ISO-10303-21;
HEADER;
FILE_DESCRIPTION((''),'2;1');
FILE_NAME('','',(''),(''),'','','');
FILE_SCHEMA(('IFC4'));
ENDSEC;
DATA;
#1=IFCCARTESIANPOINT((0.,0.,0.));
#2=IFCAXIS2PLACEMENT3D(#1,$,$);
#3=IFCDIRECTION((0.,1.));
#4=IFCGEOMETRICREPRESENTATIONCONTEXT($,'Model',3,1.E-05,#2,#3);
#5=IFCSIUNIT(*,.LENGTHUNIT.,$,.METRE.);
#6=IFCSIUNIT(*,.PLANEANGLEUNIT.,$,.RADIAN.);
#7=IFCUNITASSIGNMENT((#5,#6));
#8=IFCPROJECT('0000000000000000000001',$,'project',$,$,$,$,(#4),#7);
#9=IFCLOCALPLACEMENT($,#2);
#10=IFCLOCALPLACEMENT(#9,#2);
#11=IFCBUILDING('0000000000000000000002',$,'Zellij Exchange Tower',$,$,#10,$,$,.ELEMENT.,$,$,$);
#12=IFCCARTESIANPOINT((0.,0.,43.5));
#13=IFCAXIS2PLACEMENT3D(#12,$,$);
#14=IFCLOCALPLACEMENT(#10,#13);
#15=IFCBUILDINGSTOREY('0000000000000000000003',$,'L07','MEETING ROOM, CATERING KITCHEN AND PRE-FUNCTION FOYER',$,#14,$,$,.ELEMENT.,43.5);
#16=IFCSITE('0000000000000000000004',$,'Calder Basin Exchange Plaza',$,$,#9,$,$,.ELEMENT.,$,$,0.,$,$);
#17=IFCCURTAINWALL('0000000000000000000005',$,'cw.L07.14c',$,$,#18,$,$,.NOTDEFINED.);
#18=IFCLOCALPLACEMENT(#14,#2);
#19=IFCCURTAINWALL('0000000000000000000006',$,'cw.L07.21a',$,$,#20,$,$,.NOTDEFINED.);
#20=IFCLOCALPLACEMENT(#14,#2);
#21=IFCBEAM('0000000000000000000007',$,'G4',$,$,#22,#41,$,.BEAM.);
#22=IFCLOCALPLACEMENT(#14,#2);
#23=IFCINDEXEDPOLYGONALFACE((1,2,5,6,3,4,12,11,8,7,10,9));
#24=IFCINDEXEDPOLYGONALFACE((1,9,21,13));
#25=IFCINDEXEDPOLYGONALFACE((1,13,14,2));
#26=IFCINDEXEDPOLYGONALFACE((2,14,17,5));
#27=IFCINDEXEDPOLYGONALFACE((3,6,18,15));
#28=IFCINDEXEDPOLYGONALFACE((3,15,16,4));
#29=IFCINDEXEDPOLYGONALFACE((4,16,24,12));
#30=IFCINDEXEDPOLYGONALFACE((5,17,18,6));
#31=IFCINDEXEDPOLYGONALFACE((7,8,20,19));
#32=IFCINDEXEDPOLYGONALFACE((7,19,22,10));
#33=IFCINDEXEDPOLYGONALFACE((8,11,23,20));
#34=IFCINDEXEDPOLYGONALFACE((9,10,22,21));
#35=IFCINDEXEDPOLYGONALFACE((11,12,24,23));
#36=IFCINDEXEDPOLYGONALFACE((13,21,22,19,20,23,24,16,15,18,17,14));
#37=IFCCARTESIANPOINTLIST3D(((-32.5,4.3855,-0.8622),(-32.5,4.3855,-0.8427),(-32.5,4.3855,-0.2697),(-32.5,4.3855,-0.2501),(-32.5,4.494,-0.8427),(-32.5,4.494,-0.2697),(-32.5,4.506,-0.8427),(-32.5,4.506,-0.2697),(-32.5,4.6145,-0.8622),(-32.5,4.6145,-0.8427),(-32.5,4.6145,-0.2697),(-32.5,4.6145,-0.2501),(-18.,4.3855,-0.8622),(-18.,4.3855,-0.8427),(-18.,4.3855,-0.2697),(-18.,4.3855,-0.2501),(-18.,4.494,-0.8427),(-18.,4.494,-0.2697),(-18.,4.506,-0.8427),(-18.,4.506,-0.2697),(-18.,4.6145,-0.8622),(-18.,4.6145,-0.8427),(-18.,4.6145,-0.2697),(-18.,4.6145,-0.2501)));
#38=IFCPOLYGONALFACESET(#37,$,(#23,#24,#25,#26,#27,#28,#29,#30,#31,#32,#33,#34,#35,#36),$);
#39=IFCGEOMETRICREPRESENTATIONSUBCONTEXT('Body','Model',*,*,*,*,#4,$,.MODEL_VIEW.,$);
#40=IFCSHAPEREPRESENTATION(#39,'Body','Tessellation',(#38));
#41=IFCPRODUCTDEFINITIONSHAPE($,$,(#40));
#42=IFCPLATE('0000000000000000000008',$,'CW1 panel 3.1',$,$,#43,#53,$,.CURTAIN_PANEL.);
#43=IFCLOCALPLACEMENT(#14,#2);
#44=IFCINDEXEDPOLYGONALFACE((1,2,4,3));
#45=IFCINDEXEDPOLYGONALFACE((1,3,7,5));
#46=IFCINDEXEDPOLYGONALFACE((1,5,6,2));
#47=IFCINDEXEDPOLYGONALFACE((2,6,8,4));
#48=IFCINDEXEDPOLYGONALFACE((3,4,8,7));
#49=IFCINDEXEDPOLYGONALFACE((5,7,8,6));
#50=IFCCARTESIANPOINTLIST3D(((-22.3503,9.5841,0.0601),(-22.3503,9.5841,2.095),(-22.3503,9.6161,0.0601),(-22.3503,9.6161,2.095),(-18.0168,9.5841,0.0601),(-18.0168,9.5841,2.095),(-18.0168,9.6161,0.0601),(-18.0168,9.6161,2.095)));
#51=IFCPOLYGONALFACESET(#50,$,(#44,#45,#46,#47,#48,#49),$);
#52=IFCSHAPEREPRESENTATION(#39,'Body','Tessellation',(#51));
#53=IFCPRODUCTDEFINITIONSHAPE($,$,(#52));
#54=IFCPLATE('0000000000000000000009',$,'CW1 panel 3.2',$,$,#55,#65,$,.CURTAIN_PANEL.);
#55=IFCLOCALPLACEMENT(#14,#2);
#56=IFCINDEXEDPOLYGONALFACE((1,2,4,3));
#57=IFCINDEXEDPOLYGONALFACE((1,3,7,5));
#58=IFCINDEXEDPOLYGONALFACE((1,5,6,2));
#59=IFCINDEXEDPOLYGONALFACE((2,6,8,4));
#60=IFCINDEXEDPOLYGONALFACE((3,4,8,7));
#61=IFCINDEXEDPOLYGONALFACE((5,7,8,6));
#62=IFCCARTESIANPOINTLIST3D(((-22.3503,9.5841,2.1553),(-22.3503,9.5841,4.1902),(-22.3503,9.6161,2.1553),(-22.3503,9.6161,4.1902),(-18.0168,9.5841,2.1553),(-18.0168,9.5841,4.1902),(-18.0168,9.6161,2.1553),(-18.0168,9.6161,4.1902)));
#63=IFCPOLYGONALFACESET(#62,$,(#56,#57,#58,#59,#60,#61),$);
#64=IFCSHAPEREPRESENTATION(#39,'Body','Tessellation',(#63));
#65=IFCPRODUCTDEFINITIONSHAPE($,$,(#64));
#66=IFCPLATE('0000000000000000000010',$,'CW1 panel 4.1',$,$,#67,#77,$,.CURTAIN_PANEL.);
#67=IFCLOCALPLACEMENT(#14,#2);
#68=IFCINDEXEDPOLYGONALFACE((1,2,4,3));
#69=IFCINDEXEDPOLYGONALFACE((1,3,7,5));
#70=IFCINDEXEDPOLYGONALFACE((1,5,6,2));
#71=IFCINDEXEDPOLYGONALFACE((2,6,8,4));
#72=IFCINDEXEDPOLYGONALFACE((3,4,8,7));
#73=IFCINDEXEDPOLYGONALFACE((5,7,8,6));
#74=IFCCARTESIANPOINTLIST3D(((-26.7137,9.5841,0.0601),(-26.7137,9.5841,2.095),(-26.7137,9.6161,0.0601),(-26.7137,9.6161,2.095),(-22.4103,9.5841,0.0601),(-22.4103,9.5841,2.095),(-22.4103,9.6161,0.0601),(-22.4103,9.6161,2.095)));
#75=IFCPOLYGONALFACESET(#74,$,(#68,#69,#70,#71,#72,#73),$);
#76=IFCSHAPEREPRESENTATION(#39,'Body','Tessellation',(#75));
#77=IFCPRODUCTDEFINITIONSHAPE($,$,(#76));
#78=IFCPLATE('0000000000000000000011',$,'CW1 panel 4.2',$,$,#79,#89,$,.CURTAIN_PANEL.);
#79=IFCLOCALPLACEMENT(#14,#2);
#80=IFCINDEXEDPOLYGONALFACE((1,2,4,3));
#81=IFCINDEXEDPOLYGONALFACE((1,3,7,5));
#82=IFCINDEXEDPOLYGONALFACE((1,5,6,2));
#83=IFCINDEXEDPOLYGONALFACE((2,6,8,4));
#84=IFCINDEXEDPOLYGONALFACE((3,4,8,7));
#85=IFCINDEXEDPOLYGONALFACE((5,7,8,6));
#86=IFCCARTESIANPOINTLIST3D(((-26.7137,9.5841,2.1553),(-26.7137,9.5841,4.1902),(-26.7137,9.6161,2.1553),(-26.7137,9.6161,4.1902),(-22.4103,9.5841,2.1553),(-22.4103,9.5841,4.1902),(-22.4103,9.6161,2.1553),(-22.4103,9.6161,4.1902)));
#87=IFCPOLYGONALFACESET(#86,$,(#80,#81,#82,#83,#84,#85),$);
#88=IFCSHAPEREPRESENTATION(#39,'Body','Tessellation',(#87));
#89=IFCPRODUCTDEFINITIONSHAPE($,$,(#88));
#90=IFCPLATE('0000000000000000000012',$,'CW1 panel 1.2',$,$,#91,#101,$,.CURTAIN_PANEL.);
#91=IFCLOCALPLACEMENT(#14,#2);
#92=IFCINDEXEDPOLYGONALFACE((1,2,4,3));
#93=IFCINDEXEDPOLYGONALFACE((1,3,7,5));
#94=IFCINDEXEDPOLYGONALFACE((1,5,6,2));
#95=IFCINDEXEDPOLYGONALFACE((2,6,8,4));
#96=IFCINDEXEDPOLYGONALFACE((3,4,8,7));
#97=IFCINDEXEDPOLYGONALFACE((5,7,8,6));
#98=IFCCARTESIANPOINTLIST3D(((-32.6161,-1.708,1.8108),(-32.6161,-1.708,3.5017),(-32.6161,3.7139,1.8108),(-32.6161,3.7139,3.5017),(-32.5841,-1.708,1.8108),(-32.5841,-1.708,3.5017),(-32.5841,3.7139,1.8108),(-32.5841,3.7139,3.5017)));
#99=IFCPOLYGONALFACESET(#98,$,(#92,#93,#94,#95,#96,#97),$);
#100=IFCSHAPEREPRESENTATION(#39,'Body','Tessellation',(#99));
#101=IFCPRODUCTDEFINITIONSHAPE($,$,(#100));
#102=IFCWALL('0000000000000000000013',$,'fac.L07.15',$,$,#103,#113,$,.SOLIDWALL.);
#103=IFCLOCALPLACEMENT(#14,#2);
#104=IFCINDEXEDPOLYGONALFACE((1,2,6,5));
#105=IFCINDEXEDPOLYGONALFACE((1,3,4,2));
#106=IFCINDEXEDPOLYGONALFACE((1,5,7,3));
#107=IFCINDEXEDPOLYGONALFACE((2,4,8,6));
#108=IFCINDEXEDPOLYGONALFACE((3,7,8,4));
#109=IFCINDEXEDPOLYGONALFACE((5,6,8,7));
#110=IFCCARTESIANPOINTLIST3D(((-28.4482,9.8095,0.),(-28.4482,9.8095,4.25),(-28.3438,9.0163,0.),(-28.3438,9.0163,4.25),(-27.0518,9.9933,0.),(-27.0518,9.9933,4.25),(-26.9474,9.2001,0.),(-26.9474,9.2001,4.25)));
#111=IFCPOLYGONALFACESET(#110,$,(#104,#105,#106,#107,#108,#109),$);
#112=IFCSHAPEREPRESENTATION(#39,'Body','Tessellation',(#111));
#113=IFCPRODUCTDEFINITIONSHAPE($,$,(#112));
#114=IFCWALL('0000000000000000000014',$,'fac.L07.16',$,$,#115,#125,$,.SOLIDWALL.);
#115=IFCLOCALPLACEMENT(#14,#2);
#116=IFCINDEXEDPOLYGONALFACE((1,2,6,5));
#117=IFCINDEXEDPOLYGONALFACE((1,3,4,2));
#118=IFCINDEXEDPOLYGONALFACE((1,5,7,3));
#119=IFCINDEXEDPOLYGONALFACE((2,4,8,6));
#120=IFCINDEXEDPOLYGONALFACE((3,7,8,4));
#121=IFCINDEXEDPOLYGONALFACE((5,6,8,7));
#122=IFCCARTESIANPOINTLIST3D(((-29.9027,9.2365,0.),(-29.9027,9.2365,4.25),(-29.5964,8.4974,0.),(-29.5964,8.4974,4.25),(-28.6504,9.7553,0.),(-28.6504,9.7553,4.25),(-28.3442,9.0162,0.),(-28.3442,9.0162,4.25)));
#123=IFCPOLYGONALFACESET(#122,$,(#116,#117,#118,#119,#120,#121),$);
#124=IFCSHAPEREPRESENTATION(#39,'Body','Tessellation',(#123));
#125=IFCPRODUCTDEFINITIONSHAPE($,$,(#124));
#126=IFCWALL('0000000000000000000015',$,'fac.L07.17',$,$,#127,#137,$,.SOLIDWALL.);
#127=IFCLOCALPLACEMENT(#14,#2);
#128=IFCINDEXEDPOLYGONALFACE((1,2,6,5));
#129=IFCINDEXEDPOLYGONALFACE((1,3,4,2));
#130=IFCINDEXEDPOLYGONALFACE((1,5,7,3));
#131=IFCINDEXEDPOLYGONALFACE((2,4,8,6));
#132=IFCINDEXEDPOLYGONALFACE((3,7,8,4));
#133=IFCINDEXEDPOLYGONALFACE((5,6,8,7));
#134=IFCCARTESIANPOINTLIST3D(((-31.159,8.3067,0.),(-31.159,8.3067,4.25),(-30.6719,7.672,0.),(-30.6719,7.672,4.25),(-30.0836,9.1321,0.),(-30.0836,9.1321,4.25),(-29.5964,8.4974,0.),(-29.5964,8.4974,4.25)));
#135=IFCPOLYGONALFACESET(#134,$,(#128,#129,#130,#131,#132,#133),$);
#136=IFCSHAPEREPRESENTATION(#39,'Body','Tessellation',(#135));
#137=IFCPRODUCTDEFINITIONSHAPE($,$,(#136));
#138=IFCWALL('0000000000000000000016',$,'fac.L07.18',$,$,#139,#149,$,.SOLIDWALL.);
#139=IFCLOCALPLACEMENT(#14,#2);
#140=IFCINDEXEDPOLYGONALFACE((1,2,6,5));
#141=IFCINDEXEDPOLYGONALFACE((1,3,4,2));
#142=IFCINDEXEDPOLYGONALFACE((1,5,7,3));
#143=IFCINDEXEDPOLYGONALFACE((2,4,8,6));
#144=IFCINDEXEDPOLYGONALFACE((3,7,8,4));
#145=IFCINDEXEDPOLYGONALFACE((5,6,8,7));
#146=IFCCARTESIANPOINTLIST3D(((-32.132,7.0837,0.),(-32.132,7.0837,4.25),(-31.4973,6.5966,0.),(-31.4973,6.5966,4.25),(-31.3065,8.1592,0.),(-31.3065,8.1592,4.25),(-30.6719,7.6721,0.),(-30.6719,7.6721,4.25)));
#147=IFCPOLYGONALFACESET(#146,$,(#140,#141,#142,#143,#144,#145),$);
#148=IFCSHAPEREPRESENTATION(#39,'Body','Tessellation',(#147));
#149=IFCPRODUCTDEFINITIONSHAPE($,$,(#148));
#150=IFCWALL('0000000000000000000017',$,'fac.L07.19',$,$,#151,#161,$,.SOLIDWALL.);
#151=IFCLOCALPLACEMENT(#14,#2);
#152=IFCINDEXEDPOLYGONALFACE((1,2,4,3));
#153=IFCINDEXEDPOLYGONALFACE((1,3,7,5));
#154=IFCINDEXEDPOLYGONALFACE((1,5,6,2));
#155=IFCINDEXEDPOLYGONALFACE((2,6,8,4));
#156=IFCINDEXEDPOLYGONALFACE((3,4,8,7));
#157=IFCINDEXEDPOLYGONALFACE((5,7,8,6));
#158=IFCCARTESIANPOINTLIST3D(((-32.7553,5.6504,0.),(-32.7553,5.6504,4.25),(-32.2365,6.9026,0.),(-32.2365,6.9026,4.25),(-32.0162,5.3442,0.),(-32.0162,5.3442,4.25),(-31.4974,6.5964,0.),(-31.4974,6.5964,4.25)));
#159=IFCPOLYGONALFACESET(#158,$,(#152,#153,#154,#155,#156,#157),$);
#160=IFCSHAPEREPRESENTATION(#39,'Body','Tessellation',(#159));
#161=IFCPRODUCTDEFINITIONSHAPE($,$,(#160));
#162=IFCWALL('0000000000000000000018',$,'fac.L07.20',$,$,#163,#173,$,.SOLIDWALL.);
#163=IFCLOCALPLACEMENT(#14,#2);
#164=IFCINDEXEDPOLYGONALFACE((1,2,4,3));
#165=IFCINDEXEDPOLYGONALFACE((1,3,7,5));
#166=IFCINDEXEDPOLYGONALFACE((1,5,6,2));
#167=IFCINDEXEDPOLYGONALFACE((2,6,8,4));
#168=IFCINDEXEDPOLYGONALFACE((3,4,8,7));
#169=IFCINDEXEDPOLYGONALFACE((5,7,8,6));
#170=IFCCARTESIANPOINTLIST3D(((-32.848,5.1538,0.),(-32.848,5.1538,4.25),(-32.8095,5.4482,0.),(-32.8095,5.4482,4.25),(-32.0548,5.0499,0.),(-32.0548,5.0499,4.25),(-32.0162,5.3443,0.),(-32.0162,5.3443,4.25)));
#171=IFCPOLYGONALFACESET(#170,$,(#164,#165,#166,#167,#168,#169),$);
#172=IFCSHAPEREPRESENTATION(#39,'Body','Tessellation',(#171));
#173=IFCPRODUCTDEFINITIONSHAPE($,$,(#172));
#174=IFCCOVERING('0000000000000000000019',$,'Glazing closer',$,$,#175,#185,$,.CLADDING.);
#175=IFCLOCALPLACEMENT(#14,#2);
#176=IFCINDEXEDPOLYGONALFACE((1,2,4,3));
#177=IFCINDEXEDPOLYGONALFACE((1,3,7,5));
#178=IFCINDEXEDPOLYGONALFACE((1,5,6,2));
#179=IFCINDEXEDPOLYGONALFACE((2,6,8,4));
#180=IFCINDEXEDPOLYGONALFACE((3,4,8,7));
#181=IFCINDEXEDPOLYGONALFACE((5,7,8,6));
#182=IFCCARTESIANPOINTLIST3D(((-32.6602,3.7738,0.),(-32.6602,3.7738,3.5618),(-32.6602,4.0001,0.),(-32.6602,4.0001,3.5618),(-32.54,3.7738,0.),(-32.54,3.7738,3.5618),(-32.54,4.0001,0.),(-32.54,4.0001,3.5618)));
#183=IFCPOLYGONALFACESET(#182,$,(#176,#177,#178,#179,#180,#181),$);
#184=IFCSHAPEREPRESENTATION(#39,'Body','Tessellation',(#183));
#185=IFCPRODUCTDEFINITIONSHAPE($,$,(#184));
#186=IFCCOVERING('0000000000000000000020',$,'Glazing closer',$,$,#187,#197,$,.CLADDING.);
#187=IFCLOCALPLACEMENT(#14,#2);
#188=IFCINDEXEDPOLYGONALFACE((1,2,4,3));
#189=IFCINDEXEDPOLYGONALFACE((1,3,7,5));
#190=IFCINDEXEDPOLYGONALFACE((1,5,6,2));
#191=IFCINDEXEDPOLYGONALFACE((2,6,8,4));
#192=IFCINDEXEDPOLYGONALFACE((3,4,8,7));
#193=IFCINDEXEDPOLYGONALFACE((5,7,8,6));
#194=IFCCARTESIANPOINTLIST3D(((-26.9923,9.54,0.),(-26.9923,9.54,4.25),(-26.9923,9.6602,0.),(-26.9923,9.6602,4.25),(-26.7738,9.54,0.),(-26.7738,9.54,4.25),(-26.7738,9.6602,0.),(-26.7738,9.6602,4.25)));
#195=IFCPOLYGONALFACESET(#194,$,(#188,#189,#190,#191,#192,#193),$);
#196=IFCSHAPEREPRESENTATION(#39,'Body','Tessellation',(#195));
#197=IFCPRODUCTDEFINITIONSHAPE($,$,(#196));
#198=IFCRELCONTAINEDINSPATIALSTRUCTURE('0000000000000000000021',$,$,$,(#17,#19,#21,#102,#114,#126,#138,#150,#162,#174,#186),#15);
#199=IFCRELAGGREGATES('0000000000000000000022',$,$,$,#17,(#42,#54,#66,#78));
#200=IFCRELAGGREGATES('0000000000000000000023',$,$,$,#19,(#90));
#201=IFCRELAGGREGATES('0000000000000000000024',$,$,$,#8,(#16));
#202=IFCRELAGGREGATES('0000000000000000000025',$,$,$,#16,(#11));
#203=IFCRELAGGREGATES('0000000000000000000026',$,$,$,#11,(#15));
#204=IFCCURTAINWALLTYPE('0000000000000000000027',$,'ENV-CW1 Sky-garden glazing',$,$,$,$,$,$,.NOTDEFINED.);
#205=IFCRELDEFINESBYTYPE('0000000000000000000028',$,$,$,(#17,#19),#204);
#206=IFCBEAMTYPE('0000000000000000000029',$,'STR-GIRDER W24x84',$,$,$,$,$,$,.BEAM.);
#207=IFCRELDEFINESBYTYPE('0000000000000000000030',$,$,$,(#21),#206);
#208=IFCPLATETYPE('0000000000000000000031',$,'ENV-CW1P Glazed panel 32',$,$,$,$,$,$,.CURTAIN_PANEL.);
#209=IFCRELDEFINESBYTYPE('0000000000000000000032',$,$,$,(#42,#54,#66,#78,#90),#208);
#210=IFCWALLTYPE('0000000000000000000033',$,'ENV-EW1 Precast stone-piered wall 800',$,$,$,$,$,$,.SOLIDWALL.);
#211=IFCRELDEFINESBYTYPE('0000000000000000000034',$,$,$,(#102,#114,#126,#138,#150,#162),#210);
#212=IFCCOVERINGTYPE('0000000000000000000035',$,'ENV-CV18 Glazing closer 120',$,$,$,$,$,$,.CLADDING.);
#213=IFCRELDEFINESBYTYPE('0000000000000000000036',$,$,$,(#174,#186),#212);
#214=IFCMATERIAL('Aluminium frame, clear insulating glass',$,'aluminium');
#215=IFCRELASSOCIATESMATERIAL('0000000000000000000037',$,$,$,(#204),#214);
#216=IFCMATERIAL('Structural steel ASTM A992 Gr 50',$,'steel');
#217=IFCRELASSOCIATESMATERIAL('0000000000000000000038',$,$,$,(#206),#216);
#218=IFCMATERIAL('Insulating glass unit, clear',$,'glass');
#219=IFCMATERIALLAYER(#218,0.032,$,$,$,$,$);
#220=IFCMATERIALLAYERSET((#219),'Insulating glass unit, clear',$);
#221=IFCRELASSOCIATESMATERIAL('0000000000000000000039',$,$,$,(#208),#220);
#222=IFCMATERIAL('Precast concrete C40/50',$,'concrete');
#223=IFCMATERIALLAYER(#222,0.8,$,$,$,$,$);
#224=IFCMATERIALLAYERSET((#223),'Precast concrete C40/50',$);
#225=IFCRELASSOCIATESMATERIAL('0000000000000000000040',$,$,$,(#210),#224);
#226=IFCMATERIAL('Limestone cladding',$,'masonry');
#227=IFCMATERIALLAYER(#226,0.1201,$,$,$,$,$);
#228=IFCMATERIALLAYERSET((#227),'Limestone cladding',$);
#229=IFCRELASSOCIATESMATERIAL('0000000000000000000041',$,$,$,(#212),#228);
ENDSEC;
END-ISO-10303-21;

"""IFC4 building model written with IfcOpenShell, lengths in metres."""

from ifc_helpers import new_model, si_unit, direction, frame, frame_2d, origin, origin_2d, place, context, subcontext, project, spatial, rectangle, i_section, extrude, material, layer, layer_set, material_profile, profile_set, type_object, element, aggregate, save


model = new_model("IFC4")

# Units and contexts
model_context = context("Model", 3, precision=1e-05, world=origin(), true_north=direction((0.0, 1.0)))
body_context = subcontext(model_context, "Body", "Model", "MODEL_VIEW")
ifc_project = project(units=[si_unit("LENGTHUNIT", "METRE"), si_unit("PLANEANGLEUNIT", "RADIAN")], contexts=[model_context])

# Site, building, storey
site_placement = place(None, origin())
site = spatial("IfcSite", under=ifc_project, at=site_placement, Name="Calder Basin Exchange Plaza", CompositionType="ELEMENT", RefElevation=0.0)
building_placement = place(site_placement, origin())
building = spatial("IfcBuilding", under=site, at=building_placement, Name="Zellij Exchange Tower", CompositionType="ELEMENT")
storey_placement = place(building_placement, frame((0.0, 0.0, 43.5)))
storey = spatial("IfcBuildingStorey", under=building, at=storey_placement, Name="L07", Description="MEETING ROOM, CATERING KITCHEN AND PRE-FUNCTION FOYER", CompositionType="ELEMENT", Elevation=43.5)

# Curtain wall
ifc_material_1 = material(Name="Aluminium frame, clear insulating glass", Category="aluminium")
curtain_wall_type = type_object("IfcCurtainWallType", Name="ENV-CW1 Sky-garden glazing", PredefinedType="NOTDEFINED", material=ifc_material_1)
curtain_wall_1_placement = place(storey_placement, origin())
curtain_wall_1 = element("IfcCurtainWall", 1, at=curtain_wall_1_placement, inside=storey, type_object=curtain_wall_type, Name="cw.L07.14c", PredefinedType="NOTDEFINED")

# Curtain wall
curtain_wall_2_placement = place(storey_placement, origin())
curtain_wall_2 = element("IfcCurtainWall", 2, at=curtain_wall_2_placement, inside=storey, type_object=curtain_wall_type, Name="cw.L07.21a", PredefinedType="NOTDEFINED")

# Beam
ifc_material_2 = material(Name="Structural steel ASTM A992 Gr 50", Category="steel")
ifc_material_profile_1 = material_profile(ifc_material_2, i_section(OverallWidth=0.229, OverallDepth=0.6121, WebThickness=0.012, FlangeThickness=0.0195, at=origin_2d()), Name="W24x84")
ifc_profile_set_1 = profile_set([ifc_material_profile_1], Name="Structural steel ASTM A992 Gr 50")
beam_type = type_object("IfcBeamType", Name="STR-GIRDER W24x84", PredefinedType="BEAM", material=ifc_profile_set_1)
beam_placement = place(storey_placement, frame((-32.5, 4.5, -0.5562), z_axis=(1.0, 0.0, 0.0), x_axis=(0.0, 1.0, 0.0)))
element("IfcBeam", 3, at=beam_placement, inside=storey, type_object=beam_type, Name="G4", PredefinedType="BEAM", context=body_context, shape_type="SweptSolid", body=[
    extrude(i_section(OverallWidth=0.229, OverallDepth=0.6121, WebThickness=0.012, FlangeThickness=0.0195, at=origin_2d()), origin(), (0.0, 0.0, 1.0), 14.5),
])

# Plates
ifc_material_3 = material(Name="Insulating glass unit, clear", Category="glass")
ifc_layer_1 = layer(ifc_material_3, 0.032)
ifc_layer_set_1 = layer_set([ifc_layer_1], Name="Insulating glass unit, clear")
plate_type = type_object("IfcPlateType", Name="ENV-CW1P Glazed panel 32", PredefinedType="CURTAIN_PANEL", material=ifc_layer_set_1)
plate_1_placement = place(storey_placement, frame((-20.1836, 9.6001, 0.0601), z_axis=(0.0, 0.0, 1.0), x_axis=(-1.0, 0.0, 0.0)))
plate_1 = element("IfcPlate", 4, at=plate_1_placement, type_object=plate_type, Name="CW1 panel 3.1", PredefinedType="CURTAIN_PANEL", context=body_context, shape_type="SweptSolid", body=[
    extrude(rectangle(XDim=4.3335, YDim=0.032, at=origin_2d()), origin(), (0.0, 0.0, 1.0), 2.0349),
])
plate_2_placement = place(storey_placement, frame((-20.1836, 9.6001, 2.1553), z_axis=(0.0, 0.0, 1.0), x_axis=(-1.0, 0.0, 0.0)))
plate_2 = element("IfcPlate", 5, at=plate_2_placement, type_object=plate_type, Name="CW1 panel 3.2", PredefinedType="CURTAIN_PANEL", context=body_context, shape_type="SweptSolid", body=[
    extrude(rectangle(XDim=4.3335, YDim=0.032, at=origin_2d()), origin(), (0.0, 0.0, 1.0), 2.0349),
])
plate_3_placement = place(storey_placement, frame((-24.562, 9.6001, 0.0601), z_axis=(0.0, 0.0, 1.0), x_axis=(-1.0, 0.0, 0.0)))
plate_3 = element("IfcPlate", 6, at=plate_3_placement, type_object=plate_type, Name="CW1 panel 4.1", PredefinedType="CURTAIN_PANEL", context=body_context, shape_type="SweptSolid", body=[
    extrude(rectangle(XDim=4.3035, YDim=0.032, at=origin_2d()), origin(), (0.0, 0.0, 1.0), 2.0349),
])
plate_4_placement = place(storey_placement, frame((-24.562, 9.6001, 2.1553), z_axis=(0.0, 0.0, 1.0), x_axis=(-1.0, 0.0, 0.0)))
plate_4 = element("IfcPlate", 7, at=plate_4_placement, type_object=plate_type, Name="CW1 panel 4.2", PredefinedType="CURTAIN_PANEL", context=body_context, shape_type="SweptSolid", body=[
    extrude(rectangle(XDim=4.3035, YDim=0.032, at=origin_2d()), origin(), (0.0, 0.0, 1.0), 2.0349),
])
aggregate(curtain_wall_1, [plate_1, plate_2, plate_3, plate_4])
plate_5_placement = place(storey_placement, frame((-32.6001, 1.0029, 1.8108), z_axis=(0.0, 0.0, 1.0), x_axis=(0.0, -1.0, 0.0)))
plate_5 = element("IfcPlate", 8, at=plate_5_placement, type_object=plate_type, Name="CW1 panel 1.2", PredefinedType="CURTAIN_PANEL", context=body_context, shape_type="SweptSolid", body=[
    extrude(rectangle(XDim=5.4219, YDim=0.032, at=origin_2d()), origin(), (0.0, 0.0, 1.0), 1.6909),
])
aggregate(curtain_wall_2, [plate_5])

# Walls
ifc_material_4 = material(Name="Precast concrete C40/50", Category="concrete")
ifc_layer_2 = layer(ifc_material_4, 0.8)
ifc_layer_set_2 = layer_set([ifc_layer_2], Name="Precast concrete C40/50")
wall_type = type_object("IfcWallType", Name="ENV-EW1 Precast stone-piered wall 800", PredefinedType="SOLIDWALL", material=ifc_layer_set_2)
wall_1_placement = place(storey_placement, frame((-26.9998, 9.5967, 0.0), z_axis=(0.0, 0.0, 1.0), x_axis=(-0.991446, -0.130517, 0.0)))
element("IfcWall", 9, at=wall_1_placement, inside=storey, type_object=wall_type, Name="fac.L07.15", PredefinedType="SOLIDWALL", context=body_context, shape_type="SweptSolid", body=[
    extrude(rectangle(XDim=1.4084, YDim=0.8, at=frame_2d((0.7041, 0.0))), origin(), (0.0, 0.0, 1.0), 4.25),
])
wall_2_placement = place(storey_placement, frame((-28.4973, 9.3857, 0.0), z_axis=(0.0, 0.0, 1.0), x_axis=(-0.923848, -0.38276, 0.0)))
element("IfcWall", 10, at=wall_2_placement, inside=storey, type_object=wall_type, Name="fac.L07.16", PredefinedType="SOLIDWALL", context=body_context, shape_type="SweptSolid", body=[
    extrude(rectangle(XDim=1.3555, YDim=0.8, at=frame_2d((0.6777, 0.0))), origin(), (0.0, 0.0, 1.0), 4.25),
])
for number, where, z_axis, x_axis, name in (
    (11, (-29.8401, 8.8147, 0.0), (0.0, 0.0, 1.0), (-0.793273, -0.608866, 0.0), "fac.L07.17"),
    (12, (-30.9893, 7.9155, 0.0), (0.0, 0.0, 1.0), (-0.608866, -0.793273, 0.0), "fac.L07.18"),
):
    element("IfcWall", number, at=place(storey_placement, frame(where, z_axis=z_axis, x_axis=x_axis)), inside=storey, type_object=wall_type, Name=name, PredefinedType="SOLIDWALL", context=body_context, shape_type="SweptSolid", body=[
        extrude(rectangle(XDim=1.3557, YDim=0.8, at=frame_2d((0.6777, 0.0))), origin(), (0.0, 0.0, 1.0), 4.25),
    ])
wall_3_placement = place(storey_placement, frame((-31.8669, 6.7495, 0.0), z_axis=(0.0, 0.0, 1.0), x_axis=(-0.38276, -0.923848, 0.0)))
element("IfcWall", 13, at=wall_3_placement, inside=storey, type_object=wall_type, Name="fac.L07.19", PredefinedType="SOLIDWALL", context=body_context, shape_type="SweptSolid", body=[
    extrude(rectangle(XDim=1.3555, YDim=0.8, at=frame_2d((0.6777, 0.0))), origin(), (0.0, 0.0, 1.0), 4.25),
])
wall_4_placement = place(storey_placement, frame((-32.4128, 5.3962, 0.0), z_axis=(0.0, 0.0, 1.0), x_axis=(-0.129902, -0.991527, 0.0)))
element("IfcWall", 14, at=wall_4_placement, inside=storey, type_object=wall_type, Name="fac.L07.20", PredefinedType="SOLIDWALL", context=body_context, shape_type="SweptSolid", body=[
    extrude(rectangle(XDim=0.2969, YDim=0.8, at=frame_2d((0.1484, 0.0))), origin(), (0.0, 0.0, 1.0), 4.25),
])

# Coverings
ifc_material_5 = material(Name="Limestone cladding", Category="masonry")
ifc_layer_3 = layer(ifc_material_5, 0.1201)
ifc_layer_set_3 = layer_set([ifc_layer_3], Name="Limestone cladding")
covering_type_1 = type_object("IfcCoveringType", Name="ENV-CV18 Glazing closer 120", PredefinedType="CLADDING", material=ifc_layer_set_3)
covering_1_placement = place(storey_placement, frame((-32.6001, 3.887, 0.0), z_axis=(0.0, 0.0, 1.0), x_axis=(0.0, 1.0, 0.0)))
element("IfcCovering", 15, at=covering_1_placement, inside=storey, type_object=covering_type_1, Name="Glazing closer", PredefinedType="CLADDING", context=body_context, shape_type="SweptSolid", body=[
    extrude(rectangle(XDim=0.2263, YDim=0.1201, at=origin_2d()), origin(), (0.0, 0.0, 1.0), 3.5618),
])
covering_2_placement = place(storey_placement, frame((-26.8831, 9.6001, 0.0), z_axis=(0.0, 0.0, 1.0), x_axis=(-1.0, 0.0, 0.0)))
element("IfcCovering", 16, at=covering_2_placement, inside=storey, type_object=covering_type_1, Name="Glazing closer", PredefinedType="CLADDING", context=body_context, shape_type="SweptSolid", body=[
    extrude(rectangle(XDim=0.2185, YDim=0.1201, at=origin_2d()), origin(), (0.0, 0.0, 1.0), 4.25),
])

save(model, "model.ifc")
